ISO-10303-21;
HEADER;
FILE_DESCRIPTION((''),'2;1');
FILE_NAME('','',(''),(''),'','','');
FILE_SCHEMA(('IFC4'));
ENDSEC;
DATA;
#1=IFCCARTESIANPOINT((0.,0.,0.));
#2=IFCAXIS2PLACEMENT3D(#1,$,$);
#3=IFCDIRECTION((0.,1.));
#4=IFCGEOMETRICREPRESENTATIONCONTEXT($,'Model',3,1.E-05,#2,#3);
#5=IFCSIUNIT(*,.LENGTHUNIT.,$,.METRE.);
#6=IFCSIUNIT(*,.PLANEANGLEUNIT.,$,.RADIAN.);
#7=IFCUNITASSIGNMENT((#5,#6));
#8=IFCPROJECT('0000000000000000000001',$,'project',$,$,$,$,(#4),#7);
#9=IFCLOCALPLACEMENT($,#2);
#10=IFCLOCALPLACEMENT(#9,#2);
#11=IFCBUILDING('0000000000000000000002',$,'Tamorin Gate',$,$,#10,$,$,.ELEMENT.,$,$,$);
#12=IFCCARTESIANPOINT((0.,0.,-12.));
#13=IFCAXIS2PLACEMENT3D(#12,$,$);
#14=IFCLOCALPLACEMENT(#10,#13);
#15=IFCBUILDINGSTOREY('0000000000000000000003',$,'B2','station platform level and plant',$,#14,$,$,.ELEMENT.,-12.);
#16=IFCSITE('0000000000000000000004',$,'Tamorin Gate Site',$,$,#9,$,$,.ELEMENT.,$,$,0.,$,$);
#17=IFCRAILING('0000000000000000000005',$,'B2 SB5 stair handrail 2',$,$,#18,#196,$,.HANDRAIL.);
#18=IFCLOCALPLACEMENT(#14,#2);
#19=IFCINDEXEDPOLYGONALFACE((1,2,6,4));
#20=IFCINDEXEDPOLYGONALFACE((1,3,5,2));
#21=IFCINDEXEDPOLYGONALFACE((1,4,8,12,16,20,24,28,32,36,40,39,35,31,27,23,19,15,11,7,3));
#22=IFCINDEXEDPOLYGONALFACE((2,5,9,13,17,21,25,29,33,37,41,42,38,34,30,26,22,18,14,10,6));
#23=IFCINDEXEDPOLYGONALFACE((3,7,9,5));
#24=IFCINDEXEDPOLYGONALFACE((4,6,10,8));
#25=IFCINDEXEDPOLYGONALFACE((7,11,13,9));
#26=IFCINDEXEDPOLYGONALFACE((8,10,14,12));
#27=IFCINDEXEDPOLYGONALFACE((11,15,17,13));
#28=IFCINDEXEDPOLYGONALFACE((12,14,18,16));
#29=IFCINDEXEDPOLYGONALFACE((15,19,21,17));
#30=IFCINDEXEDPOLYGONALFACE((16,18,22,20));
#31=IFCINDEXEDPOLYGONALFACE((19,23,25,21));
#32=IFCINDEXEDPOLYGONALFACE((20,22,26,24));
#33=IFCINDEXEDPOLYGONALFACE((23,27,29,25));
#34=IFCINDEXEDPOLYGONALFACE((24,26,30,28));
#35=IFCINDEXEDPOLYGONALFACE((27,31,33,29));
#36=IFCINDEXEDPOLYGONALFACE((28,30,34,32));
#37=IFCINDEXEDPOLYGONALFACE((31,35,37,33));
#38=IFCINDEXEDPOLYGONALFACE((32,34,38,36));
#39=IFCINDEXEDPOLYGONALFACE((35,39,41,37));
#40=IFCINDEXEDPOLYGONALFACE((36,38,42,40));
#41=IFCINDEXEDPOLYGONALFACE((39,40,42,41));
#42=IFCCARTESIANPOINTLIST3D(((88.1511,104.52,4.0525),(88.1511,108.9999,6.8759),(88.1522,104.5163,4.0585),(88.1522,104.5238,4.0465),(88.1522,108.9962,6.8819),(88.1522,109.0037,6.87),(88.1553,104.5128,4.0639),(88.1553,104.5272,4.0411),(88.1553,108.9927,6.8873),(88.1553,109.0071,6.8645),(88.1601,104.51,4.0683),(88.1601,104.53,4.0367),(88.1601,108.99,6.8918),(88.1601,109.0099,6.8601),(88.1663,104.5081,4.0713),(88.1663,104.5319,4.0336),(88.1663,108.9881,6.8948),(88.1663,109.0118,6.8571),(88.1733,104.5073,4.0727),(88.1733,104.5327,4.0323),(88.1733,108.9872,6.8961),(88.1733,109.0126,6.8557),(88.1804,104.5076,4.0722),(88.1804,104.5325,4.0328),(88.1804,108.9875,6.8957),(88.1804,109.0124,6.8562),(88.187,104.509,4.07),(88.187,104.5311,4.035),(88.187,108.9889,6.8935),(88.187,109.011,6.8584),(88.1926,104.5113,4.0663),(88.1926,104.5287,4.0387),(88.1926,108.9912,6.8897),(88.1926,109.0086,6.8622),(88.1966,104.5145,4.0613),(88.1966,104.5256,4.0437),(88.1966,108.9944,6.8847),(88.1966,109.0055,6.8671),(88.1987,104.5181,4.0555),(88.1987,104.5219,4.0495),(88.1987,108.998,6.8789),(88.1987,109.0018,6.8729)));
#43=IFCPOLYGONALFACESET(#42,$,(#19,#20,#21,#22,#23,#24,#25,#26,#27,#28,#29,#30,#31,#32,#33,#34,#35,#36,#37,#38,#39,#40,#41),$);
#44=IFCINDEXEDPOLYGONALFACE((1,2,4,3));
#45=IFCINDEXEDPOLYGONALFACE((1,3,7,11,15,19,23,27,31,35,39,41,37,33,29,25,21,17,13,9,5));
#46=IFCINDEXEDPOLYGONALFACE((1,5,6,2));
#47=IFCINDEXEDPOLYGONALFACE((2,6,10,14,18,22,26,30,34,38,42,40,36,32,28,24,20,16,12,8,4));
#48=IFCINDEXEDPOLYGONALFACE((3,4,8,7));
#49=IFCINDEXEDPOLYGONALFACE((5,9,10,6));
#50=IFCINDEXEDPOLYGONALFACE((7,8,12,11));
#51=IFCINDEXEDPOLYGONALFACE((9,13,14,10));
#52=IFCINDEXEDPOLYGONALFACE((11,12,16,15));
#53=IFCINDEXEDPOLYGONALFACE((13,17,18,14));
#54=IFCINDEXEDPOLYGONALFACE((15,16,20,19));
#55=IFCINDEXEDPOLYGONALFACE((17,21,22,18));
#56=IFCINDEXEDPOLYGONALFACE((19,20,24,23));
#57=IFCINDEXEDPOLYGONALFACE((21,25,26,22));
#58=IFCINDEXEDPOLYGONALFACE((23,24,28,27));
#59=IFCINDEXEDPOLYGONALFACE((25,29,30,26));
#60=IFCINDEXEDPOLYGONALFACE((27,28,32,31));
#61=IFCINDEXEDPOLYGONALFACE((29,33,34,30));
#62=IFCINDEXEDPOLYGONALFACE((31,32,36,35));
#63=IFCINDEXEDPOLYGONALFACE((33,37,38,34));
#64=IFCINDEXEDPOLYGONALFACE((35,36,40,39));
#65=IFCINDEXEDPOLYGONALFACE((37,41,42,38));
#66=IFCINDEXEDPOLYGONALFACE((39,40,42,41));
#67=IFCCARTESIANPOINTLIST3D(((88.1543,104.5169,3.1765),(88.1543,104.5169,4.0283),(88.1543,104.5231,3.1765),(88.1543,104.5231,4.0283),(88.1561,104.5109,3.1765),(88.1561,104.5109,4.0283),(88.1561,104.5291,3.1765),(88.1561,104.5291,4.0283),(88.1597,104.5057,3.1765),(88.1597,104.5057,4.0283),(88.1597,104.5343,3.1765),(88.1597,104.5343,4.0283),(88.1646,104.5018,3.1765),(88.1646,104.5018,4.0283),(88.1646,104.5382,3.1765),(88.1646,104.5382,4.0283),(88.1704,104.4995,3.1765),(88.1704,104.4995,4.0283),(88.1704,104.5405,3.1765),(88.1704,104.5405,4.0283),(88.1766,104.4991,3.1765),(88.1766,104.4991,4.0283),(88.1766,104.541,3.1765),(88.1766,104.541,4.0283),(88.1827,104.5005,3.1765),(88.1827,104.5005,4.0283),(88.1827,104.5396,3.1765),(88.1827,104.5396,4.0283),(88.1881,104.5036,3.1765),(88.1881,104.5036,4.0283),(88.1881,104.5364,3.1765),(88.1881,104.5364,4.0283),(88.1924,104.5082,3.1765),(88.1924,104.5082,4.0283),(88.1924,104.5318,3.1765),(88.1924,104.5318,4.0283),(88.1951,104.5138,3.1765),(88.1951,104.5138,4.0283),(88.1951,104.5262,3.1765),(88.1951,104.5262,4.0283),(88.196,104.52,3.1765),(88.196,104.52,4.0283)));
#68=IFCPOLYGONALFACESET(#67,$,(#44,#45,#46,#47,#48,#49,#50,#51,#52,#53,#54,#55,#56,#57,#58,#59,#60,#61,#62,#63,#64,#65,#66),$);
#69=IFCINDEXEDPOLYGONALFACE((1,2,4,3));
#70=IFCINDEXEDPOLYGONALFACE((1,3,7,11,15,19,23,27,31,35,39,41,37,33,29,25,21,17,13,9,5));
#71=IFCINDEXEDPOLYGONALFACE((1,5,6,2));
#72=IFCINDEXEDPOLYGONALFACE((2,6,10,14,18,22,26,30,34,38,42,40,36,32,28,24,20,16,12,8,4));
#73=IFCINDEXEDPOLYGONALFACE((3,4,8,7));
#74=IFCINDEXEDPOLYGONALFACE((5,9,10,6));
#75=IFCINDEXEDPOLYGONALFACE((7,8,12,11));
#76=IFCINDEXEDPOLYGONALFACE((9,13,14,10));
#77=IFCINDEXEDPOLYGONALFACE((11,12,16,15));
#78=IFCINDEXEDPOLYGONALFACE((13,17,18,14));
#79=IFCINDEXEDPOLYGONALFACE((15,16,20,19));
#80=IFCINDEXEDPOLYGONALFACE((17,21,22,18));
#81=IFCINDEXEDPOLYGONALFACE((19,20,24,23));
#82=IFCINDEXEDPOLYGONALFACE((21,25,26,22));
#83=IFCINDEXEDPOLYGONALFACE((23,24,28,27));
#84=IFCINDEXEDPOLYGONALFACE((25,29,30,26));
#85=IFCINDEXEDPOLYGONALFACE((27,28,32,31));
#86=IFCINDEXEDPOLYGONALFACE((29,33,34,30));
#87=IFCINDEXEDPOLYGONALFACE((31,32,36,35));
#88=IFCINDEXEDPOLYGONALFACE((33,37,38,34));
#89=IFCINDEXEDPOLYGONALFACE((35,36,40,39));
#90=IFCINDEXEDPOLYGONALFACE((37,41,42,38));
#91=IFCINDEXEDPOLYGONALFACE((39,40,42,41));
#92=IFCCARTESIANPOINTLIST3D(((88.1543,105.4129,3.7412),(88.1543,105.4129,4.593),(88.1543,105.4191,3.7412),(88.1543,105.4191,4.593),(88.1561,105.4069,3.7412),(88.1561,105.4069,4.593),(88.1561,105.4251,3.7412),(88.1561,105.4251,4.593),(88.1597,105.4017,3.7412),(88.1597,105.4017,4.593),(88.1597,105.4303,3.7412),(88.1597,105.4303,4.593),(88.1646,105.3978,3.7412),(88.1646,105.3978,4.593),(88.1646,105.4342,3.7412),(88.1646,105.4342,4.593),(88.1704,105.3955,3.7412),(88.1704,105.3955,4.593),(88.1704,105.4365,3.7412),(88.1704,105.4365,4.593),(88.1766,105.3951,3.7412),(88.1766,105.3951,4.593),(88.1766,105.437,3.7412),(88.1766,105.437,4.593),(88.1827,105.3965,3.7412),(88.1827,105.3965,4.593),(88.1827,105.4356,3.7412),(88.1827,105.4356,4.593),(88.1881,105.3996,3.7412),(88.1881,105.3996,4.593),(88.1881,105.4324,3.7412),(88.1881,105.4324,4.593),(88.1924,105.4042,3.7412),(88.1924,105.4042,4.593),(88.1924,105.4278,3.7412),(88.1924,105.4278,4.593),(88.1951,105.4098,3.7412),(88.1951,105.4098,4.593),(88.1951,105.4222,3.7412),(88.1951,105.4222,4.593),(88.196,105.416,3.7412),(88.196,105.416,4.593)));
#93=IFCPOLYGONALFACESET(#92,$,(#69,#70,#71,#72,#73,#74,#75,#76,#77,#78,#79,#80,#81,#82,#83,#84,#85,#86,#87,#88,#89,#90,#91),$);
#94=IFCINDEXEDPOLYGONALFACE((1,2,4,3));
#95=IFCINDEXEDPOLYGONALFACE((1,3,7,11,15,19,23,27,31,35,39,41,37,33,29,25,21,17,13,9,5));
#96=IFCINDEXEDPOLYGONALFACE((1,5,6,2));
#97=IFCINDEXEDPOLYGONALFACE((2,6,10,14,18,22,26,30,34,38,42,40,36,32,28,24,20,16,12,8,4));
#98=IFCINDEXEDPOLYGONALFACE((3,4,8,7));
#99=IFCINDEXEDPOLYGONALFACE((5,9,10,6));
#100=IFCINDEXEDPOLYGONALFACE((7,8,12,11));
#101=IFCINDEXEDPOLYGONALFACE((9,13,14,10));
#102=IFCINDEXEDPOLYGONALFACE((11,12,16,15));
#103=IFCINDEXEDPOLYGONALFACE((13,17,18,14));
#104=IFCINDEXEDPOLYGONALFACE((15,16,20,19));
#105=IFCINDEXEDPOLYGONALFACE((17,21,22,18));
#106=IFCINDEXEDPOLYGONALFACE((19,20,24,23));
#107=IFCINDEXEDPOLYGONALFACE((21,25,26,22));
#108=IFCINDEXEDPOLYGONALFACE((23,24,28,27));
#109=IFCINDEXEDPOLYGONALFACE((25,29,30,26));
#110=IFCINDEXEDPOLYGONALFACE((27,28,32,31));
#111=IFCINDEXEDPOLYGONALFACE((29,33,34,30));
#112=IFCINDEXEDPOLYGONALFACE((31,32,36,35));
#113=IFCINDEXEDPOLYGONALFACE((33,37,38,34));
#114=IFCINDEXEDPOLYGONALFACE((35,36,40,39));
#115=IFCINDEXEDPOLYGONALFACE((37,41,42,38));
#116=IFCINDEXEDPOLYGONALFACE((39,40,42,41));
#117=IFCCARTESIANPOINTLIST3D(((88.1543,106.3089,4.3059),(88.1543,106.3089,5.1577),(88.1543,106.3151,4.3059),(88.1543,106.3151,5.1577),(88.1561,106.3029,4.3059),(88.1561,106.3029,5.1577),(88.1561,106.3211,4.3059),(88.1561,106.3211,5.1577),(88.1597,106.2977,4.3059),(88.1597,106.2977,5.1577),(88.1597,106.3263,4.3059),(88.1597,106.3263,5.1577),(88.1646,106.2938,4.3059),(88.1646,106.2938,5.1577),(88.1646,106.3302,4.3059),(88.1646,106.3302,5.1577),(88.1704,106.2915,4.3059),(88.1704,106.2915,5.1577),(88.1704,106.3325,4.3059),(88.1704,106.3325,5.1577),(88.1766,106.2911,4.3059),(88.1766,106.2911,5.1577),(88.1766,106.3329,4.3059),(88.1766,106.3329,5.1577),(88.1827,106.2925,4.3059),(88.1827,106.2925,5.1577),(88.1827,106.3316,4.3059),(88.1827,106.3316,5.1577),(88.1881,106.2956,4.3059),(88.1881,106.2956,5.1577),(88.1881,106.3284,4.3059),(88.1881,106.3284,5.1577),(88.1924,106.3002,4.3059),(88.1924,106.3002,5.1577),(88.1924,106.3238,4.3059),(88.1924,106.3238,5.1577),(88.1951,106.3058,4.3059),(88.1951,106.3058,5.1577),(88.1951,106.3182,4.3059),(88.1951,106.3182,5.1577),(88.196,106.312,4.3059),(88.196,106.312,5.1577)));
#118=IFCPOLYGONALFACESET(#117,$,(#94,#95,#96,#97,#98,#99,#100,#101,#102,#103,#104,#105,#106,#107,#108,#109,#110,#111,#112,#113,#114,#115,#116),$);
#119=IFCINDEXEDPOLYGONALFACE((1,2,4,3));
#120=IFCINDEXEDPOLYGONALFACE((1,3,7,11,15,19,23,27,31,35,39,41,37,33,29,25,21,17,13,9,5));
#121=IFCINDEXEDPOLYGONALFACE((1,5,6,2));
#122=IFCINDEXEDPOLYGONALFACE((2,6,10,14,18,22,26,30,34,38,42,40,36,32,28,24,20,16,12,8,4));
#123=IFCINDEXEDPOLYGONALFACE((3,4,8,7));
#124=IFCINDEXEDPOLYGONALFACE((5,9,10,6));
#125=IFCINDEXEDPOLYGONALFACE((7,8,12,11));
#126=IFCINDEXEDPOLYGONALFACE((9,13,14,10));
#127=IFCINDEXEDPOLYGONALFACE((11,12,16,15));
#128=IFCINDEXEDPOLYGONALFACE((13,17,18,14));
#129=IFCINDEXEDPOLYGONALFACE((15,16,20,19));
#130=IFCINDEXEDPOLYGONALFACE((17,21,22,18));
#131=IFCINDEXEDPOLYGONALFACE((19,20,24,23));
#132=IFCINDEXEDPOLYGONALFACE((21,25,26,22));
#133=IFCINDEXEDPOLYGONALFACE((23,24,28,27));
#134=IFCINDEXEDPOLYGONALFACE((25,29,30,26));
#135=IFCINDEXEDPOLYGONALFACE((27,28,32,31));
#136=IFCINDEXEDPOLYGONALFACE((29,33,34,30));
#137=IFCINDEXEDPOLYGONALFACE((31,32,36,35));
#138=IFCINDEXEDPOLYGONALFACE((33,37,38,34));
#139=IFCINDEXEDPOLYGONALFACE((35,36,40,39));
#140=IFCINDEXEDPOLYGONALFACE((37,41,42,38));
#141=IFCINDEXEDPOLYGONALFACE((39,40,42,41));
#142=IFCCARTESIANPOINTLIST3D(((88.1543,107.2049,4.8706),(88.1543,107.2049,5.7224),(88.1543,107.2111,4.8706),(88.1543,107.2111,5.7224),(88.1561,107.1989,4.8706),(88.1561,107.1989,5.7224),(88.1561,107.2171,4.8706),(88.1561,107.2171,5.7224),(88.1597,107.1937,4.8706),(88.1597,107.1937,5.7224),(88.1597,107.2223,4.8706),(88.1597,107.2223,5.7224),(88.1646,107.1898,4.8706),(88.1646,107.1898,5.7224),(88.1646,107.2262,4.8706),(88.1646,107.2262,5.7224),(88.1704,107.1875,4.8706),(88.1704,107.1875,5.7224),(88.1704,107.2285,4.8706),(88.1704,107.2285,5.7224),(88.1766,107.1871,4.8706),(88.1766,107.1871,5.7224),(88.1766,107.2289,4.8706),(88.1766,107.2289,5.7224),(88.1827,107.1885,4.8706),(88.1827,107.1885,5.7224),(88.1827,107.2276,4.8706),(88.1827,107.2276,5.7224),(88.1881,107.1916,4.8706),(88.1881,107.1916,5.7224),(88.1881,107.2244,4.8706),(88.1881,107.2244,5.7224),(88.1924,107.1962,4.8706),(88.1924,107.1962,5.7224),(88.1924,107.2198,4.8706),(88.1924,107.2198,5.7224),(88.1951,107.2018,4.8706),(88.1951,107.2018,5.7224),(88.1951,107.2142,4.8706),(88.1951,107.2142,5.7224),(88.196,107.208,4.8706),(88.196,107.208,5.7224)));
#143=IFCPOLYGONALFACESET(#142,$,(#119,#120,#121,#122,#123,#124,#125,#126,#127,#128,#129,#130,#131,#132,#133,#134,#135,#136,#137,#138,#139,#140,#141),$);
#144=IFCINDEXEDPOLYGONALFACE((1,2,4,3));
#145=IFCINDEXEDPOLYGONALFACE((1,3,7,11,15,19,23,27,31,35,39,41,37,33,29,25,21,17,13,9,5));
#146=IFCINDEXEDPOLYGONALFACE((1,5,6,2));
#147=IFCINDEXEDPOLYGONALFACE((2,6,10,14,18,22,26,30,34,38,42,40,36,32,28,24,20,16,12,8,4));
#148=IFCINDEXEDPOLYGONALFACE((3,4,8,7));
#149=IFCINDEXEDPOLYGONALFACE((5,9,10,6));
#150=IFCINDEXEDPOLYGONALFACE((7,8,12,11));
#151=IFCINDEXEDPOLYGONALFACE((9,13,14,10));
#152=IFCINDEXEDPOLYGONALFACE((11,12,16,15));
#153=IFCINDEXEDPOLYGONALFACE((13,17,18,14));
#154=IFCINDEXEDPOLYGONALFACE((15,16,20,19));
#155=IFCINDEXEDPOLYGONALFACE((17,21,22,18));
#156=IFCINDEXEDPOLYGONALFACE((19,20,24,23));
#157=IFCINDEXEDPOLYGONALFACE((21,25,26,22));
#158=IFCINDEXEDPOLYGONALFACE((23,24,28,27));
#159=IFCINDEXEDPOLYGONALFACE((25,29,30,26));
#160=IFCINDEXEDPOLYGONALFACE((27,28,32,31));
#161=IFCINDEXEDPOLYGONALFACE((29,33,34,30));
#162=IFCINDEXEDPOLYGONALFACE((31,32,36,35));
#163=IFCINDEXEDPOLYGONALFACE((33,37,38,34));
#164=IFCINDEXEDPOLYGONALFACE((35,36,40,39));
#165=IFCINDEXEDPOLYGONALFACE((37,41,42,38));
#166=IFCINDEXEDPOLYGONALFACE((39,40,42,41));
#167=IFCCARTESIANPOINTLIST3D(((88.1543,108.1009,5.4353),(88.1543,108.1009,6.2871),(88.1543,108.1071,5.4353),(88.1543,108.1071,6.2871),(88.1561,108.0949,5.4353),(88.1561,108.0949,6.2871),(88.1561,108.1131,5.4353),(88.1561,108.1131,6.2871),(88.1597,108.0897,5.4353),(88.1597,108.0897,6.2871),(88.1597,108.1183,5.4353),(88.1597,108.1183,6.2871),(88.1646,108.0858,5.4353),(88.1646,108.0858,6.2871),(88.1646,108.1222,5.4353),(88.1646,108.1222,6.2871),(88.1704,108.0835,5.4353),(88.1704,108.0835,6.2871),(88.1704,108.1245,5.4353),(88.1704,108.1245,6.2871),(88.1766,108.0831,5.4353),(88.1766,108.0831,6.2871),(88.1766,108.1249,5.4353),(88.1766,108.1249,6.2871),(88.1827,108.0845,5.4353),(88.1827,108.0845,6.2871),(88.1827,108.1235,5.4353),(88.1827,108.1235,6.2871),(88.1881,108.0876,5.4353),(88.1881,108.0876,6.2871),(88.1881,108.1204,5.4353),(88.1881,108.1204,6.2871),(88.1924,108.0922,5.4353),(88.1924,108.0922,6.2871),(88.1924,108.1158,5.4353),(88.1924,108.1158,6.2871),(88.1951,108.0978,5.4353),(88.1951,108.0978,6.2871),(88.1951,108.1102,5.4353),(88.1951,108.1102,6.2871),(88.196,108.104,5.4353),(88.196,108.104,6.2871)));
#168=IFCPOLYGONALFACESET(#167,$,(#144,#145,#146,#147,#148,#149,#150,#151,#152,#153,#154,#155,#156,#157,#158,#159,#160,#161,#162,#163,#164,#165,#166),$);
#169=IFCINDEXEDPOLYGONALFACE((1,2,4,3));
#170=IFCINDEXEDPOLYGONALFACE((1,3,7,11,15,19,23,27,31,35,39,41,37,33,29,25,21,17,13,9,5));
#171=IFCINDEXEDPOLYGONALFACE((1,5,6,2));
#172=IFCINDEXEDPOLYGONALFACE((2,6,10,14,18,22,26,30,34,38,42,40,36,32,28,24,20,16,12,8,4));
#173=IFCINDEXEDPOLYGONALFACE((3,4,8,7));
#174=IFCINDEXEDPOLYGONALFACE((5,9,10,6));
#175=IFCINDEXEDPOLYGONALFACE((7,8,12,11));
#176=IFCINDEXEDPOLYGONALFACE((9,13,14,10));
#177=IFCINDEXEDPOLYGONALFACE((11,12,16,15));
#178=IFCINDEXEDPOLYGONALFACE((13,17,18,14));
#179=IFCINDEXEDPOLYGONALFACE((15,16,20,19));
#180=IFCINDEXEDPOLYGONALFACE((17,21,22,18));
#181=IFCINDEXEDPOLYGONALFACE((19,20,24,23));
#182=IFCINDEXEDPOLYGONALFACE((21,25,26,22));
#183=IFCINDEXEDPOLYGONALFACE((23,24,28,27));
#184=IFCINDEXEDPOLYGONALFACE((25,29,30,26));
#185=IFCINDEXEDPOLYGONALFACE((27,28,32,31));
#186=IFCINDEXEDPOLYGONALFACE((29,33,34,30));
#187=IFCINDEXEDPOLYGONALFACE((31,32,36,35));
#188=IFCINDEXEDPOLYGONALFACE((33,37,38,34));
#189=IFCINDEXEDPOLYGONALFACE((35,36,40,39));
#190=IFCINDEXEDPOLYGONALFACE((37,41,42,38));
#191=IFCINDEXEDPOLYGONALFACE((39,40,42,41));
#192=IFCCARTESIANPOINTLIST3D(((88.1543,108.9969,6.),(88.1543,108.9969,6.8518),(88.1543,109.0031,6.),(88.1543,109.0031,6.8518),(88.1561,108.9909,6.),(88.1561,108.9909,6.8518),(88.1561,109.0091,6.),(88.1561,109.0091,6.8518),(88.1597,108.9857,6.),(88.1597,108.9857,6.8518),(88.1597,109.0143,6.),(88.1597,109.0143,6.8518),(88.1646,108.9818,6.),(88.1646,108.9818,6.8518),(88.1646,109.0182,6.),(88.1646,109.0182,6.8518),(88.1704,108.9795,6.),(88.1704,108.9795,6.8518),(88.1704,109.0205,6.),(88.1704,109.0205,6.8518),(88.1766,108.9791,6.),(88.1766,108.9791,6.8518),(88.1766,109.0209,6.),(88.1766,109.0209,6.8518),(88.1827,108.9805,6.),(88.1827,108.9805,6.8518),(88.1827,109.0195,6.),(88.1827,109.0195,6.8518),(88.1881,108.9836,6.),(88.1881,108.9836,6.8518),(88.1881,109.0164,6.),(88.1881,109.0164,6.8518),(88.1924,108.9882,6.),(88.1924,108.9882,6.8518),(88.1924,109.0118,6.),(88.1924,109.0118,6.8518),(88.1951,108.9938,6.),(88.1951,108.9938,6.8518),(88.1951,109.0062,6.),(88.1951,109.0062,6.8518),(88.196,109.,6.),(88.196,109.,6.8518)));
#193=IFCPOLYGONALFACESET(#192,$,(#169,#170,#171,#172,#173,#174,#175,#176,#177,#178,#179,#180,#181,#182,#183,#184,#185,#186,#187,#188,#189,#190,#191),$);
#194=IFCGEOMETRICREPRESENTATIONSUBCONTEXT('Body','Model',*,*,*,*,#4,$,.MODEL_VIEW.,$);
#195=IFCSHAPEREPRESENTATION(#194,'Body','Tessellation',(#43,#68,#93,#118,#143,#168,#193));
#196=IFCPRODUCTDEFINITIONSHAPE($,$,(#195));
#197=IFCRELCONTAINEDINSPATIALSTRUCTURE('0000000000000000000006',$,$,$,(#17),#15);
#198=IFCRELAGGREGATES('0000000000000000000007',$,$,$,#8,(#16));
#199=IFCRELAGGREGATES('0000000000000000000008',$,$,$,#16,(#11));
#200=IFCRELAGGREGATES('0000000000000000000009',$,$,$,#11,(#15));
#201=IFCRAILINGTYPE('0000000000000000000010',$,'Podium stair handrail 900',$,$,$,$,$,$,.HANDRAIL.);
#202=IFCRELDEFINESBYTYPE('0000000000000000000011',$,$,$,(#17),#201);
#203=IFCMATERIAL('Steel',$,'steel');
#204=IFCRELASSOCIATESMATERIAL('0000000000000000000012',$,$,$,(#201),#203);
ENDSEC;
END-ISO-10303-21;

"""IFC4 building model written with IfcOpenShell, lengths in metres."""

from ifc_helpers import new_model, si_unit, direction, frame, origin, origin_2d, place, context, subcontext, project, spatial, circle, extrude, material, type_object, element, save


model = new_model("IFC4")

# Units and contexts
model_context = context("Model", 3, precision=1e-05, world=origin(), true_north=direction((0.0, 1.0)))
body_context = subcontext(model_context, "Body", "Model", "MODEL_VIEW")
ifc_project = project(units=[si_unit("LENGTHUNIT", "METRE"), si_unit("PLANEANGLEUNIT", "RADIAN")], contexts=[model_context])

# Site, building, storey
site_placement = place(None, origin())
site = spatial("IfcSite", under=ifc_project, at=site_placement, Name="Tamorin Gate Site", CompositionType="ELEMENT", RefElevation=0.0)
building_placement = place(site_placement, origin())
building = spatial("IfcBuilding", under=site, at=building_placement, Name="Tamorin Gate", CompositionType="ELEMENT")
storey_placement = place(building_placement, frame((0.0, 0.0, -12.0)))
storey = spatial("IfcBuildingStorey", under=building, at=storey_placement, Name="B2", Description="station platform level and plant", CompositionType="ELEMENT", Elevation=-12.0)

# Railing
ifc_material_1 = material(Name="Steel", Category="steel")
railing_type_1 = type_object("IfcRailingType", Name="Podium stair handrail 900", PredefinedType="HANDRAIL", material=ifc_material_1)
railing_1_placement = place(storey_placement, frame((88.175, 104.52, 3.1765)))
element("IfcRailing", 1, at=railing_1_placement, inside=storey, type_object=railing_type_1, Name="B2 SB5 stair handrail 2", PredefinedType="HANDRAIL", context=body_context, shape_type="SweptSolid", body=[
    extrude(circle(Radius=0.0239, at=origin_2d()), frame((0.0, 0.0, 0.876), z_axis=(0.0, 0.845998, 0.533186), x_axis=(-1.0, 0.0, 0.0)), (0.0, 0.0, 1.0), 5.2954),
    extrude(circle(Radius=0.021, at=origin_2d()), origin(), (0.0, 0.0, 1.0), 0.8518),
    extrude(circle(Radius=0.021, at=origin_2d()), frame((0.0, 0.896, 0.5647)), (0.0, 0.0, 1.0), 0.8518),
    extrude(circle(Radius=0.021, at=origin_2d()), frame((0.0, 1.792, 1.1294)), (0.0, 0.0, 1.0), 0.8518),
    extrude(circle(Radius=0.021, at=origin_2d()), frame((0.0, 2.688, 1.6941)), (0.0, 0.0, 1.0), 0.8518),
    extrude(circle(Radius=0.021, at=origin_2d()), frame((0.0, 3.584, 2.2588)), (0.0, 0.0, 1.0), 0.8518),
    extrude(circle(Radius=0.021, at=origin_2d()), frame((0.0, 4.48, 2.8235)), (0.0, 0.0, 1.0), 0.8518),
])

save(model, "model.ifc")
